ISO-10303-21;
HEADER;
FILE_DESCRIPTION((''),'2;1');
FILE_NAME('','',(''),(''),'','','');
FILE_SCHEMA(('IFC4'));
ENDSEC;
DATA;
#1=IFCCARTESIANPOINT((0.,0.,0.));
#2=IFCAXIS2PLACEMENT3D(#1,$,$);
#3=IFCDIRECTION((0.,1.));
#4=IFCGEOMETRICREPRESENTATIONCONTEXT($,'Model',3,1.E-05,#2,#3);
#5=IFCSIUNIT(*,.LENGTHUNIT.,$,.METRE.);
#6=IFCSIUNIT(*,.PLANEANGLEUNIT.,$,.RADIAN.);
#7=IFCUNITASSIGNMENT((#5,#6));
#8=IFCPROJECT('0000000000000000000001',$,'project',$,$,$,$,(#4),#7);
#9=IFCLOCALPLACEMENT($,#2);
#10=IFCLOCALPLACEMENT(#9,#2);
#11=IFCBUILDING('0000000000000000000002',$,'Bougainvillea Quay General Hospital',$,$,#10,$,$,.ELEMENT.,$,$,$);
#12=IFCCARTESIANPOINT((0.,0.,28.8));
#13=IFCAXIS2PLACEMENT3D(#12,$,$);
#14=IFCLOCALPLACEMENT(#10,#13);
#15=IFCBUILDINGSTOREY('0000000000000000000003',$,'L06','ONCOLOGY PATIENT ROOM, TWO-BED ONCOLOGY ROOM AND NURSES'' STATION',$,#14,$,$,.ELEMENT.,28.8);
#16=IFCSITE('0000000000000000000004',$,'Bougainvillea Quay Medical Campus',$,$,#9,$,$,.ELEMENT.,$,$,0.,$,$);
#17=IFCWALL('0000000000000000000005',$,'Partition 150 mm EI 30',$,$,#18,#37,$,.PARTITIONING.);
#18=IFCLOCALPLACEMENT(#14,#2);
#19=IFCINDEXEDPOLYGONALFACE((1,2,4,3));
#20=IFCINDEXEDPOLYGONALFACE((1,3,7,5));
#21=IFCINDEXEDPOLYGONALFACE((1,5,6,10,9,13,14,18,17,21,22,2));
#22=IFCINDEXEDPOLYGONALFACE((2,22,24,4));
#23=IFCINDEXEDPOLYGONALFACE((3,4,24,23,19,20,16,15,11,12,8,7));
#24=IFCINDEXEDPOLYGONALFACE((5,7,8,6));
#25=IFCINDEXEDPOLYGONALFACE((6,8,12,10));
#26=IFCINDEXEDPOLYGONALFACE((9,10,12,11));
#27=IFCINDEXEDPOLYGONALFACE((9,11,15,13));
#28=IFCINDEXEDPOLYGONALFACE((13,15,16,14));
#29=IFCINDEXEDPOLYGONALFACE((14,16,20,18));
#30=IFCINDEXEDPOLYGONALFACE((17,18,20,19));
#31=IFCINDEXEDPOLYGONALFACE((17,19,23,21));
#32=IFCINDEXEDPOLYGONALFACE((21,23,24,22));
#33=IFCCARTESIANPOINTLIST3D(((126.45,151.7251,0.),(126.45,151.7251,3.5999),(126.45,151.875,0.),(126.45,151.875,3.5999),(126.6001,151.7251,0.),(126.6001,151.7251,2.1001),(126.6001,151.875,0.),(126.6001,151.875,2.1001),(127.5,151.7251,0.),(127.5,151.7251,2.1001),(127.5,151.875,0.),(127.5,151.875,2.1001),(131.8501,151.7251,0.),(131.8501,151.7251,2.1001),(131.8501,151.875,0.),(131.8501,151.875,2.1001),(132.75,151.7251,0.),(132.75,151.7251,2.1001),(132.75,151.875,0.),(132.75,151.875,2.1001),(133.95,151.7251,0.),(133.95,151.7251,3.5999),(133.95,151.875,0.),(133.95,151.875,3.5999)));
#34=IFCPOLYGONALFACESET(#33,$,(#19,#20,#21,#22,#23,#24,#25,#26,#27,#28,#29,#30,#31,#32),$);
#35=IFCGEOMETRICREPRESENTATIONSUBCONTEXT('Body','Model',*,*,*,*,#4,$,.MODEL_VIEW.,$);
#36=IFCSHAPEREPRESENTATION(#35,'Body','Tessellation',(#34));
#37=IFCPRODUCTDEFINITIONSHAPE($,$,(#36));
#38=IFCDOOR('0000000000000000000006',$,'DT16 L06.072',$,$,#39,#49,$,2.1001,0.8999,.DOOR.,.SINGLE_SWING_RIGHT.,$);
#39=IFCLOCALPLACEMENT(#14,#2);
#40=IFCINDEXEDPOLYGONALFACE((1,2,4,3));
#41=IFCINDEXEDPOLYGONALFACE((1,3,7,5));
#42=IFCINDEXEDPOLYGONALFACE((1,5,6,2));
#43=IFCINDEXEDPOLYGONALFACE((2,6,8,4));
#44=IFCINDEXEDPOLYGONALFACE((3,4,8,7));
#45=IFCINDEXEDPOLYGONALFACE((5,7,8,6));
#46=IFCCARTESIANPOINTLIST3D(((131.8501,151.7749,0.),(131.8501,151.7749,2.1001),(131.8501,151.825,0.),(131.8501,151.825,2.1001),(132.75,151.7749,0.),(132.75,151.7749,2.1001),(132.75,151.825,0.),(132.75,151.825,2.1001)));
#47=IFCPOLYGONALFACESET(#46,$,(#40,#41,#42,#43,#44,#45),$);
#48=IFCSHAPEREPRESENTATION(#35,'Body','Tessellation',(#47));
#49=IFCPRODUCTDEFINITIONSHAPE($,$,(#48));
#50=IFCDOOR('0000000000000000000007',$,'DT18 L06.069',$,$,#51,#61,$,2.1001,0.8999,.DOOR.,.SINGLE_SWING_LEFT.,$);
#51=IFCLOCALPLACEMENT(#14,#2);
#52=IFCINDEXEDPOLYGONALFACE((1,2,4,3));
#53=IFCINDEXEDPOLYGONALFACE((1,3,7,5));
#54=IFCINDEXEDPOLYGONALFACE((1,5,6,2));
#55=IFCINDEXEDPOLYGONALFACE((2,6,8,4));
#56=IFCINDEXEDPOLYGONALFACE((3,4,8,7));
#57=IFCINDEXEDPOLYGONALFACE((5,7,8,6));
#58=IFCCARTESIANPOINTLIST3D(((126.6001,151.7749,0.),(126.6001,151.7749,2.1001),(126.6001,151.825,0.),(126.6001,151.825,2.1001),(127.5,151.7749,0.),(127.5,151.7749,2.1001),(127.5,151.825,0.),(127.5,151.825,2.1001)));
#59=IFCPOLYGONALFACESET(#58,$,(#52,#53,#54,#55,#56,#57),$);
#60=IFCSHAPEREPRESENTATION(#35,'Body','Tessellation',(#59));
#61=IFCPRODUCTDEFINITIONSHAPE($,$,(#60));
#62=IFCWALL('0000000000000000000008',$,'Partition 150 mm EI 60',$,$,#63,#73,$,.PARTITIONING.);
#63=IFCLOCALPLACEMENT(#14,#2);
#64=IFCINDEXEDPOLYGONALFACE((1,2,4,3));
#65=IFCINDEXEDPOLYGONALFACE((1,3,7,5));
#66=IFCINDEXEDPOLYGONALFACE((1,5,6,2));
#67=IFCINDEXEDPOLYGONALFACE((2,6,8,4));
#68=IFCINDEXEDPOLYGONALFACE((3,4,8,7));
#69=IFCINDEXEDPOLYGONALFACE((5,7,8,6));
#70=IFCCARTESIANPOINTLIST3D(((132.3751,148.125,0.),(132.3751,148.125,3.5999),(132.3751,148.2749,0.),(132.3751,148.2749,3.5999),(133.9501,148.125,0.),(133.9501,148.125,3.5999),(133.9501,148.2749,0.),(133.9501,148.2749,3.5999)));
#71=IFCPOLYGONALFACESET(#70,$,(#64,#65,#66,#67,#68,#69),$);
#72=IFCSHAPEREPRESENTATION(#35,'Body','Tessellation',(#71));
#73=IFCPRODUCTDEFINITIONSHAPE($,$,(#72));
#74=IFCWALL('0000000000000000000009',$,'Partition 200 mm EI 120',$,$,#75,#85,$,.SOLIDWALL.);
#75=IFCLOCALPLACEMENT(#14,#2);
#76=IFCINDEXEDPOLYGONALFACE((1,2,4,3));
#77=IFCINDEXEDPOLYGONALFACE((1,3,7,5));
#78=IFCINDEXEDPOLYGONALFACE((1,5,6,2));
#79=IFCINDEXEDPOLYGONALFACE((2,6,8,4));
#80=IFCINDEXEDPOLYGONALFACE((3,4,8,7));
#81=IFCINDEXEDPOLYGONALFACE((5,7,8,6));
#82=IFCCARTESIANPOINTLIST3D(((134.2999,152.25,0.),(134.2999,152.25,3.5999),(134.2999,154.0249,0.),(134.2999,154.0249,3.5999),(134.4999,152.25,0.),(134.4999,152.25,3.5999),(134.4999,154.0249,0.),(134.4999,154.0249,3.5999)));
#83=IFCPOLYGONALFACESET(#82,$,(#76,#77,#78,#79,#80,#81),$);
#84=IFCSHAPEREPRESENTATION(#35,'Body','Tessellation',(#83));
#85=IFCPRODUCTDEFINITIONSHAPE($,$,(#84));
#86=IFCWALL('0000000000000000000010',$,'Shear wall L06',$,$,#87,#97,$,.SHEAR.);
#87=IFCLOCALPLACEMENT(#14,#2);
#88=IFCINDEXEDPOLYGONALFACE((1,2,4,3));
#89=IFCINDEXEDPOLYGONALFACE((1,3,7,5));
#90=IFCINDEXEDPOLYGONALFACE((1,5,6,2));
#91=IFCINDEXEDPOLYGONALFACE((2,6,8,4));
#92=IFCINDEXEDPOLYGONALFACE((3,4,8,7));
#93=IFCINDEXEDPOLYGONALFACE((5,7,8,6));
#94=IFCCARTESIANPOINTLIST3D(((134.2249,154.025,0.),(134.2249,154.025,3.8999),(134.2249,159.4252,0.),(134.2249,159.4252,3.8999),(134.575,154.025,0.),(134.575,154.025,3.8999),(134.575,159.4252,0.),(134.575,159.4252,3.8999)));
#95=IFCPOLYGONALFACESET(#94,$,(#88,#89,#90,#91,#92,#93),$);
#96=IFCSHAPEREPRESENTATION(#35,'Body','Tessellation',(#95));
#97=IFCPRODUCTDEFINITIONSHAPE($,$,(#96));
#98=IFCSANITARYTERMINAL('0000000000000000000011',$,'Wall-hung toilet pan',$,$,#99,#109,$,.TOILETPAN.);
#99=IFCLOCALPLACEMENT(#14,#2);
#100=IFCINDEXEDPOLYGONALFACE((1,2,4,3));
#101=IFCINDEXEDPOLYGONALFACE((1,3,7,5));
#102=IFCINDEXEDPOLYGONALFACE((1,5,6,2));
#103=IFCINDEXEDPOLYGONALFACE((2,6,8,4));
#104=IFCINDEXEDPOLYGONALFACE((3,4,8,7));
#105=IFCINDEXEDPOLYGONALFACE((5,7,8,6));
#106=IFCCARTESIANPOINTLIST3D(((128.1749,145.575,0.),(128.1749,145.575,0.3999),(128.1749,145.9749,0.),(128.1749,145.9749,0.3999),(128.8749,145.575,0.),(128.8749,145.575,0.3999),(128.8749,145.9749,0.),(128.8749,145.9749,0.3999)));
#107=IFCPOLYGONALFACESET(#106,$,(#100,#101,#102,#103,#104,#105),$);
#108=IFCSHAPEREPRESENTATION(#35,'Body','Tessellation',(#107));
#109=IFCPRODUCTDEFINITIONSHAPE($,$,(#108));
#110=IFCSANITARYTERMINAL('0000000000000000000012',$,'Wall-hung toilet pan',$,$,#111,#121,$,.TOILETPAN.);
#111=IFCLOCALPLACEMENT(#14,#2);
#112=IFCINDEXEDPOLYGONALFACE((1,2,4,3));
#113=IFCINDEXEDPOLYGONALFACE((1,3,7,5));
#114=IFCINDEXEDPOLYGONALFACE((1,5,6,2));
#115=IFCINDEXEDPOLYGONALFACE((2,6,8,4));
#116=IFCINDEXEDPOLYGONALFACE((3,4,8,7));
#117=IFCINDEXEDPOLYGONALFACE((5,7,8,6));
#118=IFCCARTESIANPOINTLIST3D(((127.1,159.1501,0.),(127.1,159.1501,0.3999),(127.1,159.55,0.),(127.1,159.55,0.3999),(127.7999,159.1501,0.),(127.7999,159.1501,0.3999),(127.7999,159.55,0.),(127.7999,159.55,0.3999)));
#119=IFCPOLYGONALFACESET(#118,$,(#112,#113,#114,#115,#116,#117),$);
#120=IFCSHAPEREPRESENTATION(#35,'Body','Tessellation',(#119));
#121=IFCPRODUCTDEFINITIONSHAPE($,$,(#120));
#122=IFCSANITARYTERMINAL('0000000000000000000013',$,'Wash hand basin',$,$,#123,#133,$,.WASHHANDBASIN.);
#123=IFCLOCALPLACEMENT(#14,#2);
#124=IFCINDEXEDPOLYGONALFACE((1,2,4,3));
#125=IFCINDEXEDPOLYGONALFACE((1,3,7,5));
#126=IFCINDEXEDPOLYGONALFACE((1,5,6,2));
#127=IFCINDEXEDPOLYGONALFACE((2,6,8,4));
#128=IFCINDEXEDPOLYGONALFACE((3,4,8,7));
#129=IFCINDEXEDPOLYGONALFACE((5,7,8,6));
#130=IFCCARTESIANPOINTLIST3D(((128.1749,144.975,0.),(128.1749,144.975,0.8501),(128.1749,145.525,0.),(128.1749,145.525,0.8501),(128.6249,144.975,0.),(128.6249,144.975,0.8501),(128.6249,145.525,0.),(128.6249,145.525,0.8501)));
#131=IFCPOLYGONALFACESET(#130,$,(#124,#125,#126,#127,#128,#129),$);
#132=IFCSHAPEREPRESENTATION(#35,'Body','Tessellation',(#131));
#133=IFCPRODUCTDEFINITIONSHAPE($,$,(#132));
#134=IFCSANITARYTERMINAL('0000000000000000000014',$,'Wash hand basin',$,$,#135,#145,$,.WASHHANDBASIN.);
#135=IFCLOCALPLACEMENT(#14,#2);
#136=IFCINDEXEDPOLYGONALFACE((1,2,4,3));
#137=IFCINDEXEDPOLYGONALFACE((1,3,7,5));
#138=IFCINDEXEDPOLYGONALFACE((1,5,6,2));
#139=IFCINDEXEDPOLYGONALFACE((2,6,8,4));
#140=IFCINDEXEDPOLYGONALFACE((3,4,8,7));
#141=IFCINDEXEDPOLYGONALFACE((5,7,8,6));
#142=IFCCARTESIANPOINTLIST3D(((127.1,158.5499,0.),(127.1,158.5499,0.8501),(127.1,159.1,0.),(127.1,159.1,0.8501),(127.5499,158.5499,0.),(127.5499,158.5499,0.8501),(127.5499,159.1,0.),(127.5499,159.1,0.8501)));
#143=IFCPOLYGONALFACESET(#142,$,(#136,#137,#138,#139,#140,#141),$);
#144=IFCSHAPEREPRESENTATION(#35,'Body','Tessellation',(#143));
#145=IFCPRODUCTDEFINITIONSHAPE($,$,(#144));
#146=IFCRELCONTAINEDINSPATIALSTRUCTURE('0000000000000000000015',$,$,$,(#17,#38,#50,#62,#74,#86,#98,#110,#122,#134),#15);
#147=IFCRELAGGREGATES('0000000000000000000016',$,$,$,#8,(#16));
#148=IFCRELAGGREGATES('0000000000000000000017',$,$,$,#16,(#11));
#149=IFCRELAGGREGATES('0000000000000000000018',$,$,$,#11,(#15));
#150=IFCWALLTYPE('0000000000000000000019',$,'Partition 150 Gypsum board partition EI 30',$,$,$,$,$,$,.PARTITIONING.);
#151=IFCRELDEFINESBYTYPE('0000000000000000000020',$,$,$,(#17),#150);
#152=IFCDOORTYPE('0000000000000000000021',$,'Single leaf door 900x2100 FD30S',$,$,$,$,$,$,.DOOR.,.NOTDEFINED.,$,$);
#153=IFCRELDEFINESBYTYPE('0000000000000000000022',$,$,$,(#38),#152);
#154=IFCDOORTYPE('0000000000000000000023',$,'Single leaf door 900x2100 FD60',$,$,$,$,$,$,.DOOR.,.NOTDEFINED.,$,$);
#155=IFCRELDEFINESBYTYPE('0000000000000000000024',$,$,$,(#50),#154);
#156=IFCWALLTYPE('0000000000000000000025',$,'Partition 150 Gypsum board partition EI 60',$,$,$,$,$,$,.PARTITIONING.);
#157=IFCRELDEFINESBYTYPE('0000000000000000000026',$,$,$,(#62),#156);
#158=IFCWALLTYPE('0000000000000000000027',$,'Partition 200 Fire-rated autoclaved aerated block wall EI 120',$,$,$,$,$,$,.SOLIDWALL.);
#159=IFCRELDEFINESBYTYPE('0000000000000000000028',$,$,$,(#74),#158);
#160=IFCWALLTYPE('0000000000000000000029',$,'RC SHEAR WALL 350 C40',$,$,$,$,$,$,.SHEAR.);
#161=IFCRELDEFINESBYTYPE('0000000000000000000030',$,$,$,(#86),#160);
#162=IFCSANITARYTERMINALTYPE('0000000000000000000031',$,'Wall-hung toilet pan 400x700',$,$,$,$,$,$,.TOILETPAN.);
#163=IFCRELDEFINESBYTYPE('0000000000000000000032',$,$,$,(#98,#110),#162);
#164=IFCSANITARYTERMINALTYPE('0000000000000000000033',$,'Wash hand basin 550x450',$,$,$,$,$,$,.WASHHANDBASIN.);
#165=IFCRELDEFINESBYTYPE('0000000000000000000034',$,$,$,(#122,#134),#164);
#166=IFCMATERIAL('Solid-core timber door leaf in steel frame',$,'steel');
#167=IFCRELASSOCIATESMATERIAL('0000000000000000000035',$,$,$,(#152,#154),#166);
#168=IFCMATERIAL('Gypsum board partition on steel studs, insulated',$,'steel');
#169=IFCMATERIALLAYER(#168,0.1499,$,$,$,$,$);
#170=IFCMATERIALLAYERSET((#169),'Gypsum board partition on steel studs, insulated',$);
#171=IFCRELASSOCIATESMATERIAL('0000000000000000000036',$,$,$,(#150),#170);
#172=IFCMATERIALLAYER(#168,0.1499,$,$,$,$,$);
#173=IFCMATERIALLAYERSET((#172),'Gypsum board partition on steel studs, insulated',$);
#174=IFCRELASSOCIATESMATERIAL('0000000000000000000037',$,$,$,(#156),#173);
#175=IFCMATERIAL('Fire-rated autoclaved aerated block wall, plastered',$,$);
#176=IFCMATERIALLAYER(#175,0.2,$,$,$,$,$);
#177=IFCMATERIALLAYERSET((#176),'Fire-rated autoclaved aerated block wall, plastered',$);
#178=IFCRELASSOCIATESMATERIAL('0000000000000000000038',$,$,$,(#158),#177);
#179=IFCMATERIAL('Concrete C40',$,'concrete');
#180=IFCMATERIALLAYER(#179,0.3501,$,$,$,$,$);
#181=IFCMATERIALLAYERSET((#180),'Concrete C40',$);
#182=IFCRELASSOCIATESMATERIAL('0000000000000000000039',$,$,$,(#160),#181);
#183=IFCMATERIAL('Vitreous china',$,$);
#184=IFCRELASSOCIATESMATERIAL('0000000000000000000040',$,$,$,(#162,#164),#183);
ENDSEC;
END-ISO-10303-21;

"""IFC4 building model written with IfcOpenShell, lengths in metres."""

from ifc_helpers import new_model, si_unit, direction, frame, frame_2d, origin, origin_2d, place, context, subcontext, project, spatial, rectangle, extrude, material, layer, layer_set, type_object, element, fill, save


model = new_model("IFC4")

# Units and contexts
model_context = context("Model", 3, precision=1e-05, world=origin(), true_north=direction((0.0, 1.0)))
body_context = subcontext(model_context, "Body", "Model", "MODEL_VIEW")
ifc_project = project(units=[si_unit("LENGTHUNIT", "METRE"), si_unit("PLANEANGLEUNIT", "RADIAN")], contexts=[model_context])

# Site, building, storey
site_placement = place(None, origin())
site = spatial("IfcSite", under=ifc_project, at=site_placement, Name="Bougainvillea Quay Medical Campus", CompositionType="ELEMENT", RefElevation=0.0)
building_placement = place(site_placement, origin())
building = spatial("IfcBuilding", under=site, at=building_placement, Name="Bougainvillea Quay General Hospital", CompositionType="ELEMENT")
storey_placement = place(building_placement, frame((0.0, 0.0, 28.8)))
storey = spatial("IfcBuildingStorey", under=building, at=storey_placement, Name="L06", Description="ONCOLOGY PATIENT ROOM, TWO-BED ONCOLOGY ROOM AND NURSES' STATION", CompositionType="ELEMENT", Elevation=28.8)

# Shared definitions
ifc_material_1 = material(Name="Concrete C40", Category="concrete")

# Shared definitions
ifc_material_2 = material(Name="Gypsum board partition on steel studs, insulated", Category="steel")

# Shared definitions
ifc_material_3 = material(Name="Solid-core timber door leaf in steel frame", Category="steel")
door_type_1 = type_object("IfcDoorType", Name="Single leaf door 900x2100 FD30S", OperationType="NOTDEFINED", PredefinedType="DOOR", material=ifc_material_3)

# Wall, openings, doors
ifc_layer_1 = layer(ifc_material_2, 0.1499)
ifc_layer_set_1 = layer_set([ifc_layer_1], Name="Gypsum board partition on steel studs, insulated")
wall_type_1 = type_object("IfcWallType", Name="Partition 150 Gypsum board partition EI 30", PredefinedType="PARTITIONING", material=ifc_layer_set_1)
wall_1_placement = place(storey_placement, frame((133.95, 151.8, 0.0), z_axis=(0.0, 0.0, 1.0), x_axis=(-1.0, 0.0, 0.0)))
wall_1 = element("IfcWall", 1, at=wall_1_placement, inside=storey, type_object=wall_type_1, Name="Partition 150 mm EI 30", PredefinedType="PARTITIONING", context=body_context, shape_type="SweptSolid", body=[
    extrude(rectangle(XDim=7.5, YDim=0.1499, at=frame_2d((3.75, 0.0))), origin(), (0.0, 0.0, 1.0), 3.5999),
])
opening_1_placement = place(wall_1_placement, frame((6.45, 0.0, 0.0)))
opening_1 = element("IfcOpeningElement", 2, at=opening_1_placement, cuts=wall_1, PredefinedType="OPENING", context=body_context, shape_type="SweptSolid", body=[
    extrude(rectangle(XDim=0.8999, YDim=2.1001, at=frame_2d((0.45, 1.05))), frame((0.0, 0.085, 0.0), z_axis=(0.0, -1.0, 0.0), x_axis=(1.0, 0.0, 0.0)), (0.0, 0.0, 1.0), 0.1699),
])
opening_2_placement = place(wall_1_placement, frame((1.2, 0.0, 0.0)))
opening_2 = element("IfcOpeningElement", 3, at=opening_2_placement, cuts=wall_1, PredefinedType="OPENING", context=body_context, shape_type="SweptSolid", body=[
    extrude(rectangle(XDim=0.8999, YDim=2.1001, at=frame_2d((0.45, 1.05))), frame((0.0, 0.085, 0.0), z_axis=(0.0, -1.0, 0.0), x_axis=(1.0, 0.0, 0.0)), (0.0, 0.0, 1.0), 0.1699),
])
door_1_placement = place(opening_2_placement, frame((0.8999, 0.0, 0.0), z_axis=(0.0, 0.0, 1.0), x_axis=(-1.0, 0.0, 0.0)))
door_1 = element("IfcDoor", 4, at=door_1_placement, inside=storey, type_object=door_type_1, Name="DT16 L06.072", OperationType="SINGLE_SWING_RIGHT", OverallHeight=2.1001, OverallWidth=0.8999, PredefinedType="DOOR", context=body_context, shape_type="SweptSolid", body=[
    extrude(rectangle(XDim=0.8999, YDim=2.1001, at=frame_2d((0.45, 1.05))), frame((0.0, 0.0249, 0.0), z_axis=(0.0, -1.0, 0.0), x_axis=(1.0, 0.0, 0.0)), (0.0, 0.0, 1.0), 0.05),
])
fill(opening_2, door_1)
door_type_2 = type_object("IfcDoorType", Name="Single leaf door 900x2100 FD60", OperationType="NOTDEFINED", PredefinedType="DOOR", material=ifc_material_3)
door_2_placement = place(opening_1_placement, frame((0.8999, 0.0, 0.0), z_axis=(0.0, 0.0, 1.0), x_axis=(-1.0, 0.0, 0.0)))
door_2 = element("IfcDoor", 5, at=door_2_placement, inside=storey, type_object=door_type_2, Name="DT18 L06.069", OperationType="SINGLE_SWING_LEFT", OverallHeight=2.1001, OverallWidth=0.8999, PredefinedType="DOOR", context=body_context, shape_type="SweptSolid", body=[
    extrude(rectangle(XDim=0.8999, YDim=2.1001, at=frame_2d((0.45, 1.05))), frame((0.0, 0.0249, 0.0), z_axis=(0.0, -1.0, 0.0), x_axis=(1.0, 0.0, 0.0)), (0.0, 0.0, 1.0), 0.05),
])
fill(opening_1, door_2)

# Walls
ifc_layer_2 = layer(ifc_material_2, 0.1499)
ifc_layer_set_2 = layer_set([ifc_layer_2], Name="Gypsum board partition on steel studs, insulated")
wall_type_2 = type_object("IfcWallType", Name="Partition 150 Gypsum board partition EI 60", PredefinedType="PARTITIONING", material=ifc_layer_set_2)
wall_2_placement = place(storey_placement, frame((132.375, 148.2, 0.0), z_axis=(0.0, 0.0, 1.0), x_axis=(1.0, 0.0, 0.0)))
element("IfcWall", 6, at=wall_2_placement, inside=storey, type_object=wall_type_2, Name="Partition 150 mm EI 60", PredefinedType="PARTITIONING", context=body_context, shape_type="SweptSolid", body=[
    extrude(rectangle(XDim=1.575, YDim=0.1499, at=frame_2d((0.7876, 0.0))), origin(), (0.0, 0.0, 1.0), 3.5999),
])
ifc_material_4 = material(Name="Fire-rated autoclaved aerated block wall, plastered")
ifc_layer_3 = layer(ifc_material_4, 0.2)
ifc_layer_set_3 = layer_set([ifc_layer_3], Name="Fire-rated autoclaved aerated block wall, plastered")
wall_type_3 = type_object("IfcWallType", Name="Partition 200 Fire-rated autoclaved aerated block wall EI 120", PredefinedType="SOLIDWALL", material=ifc_layer_set_3)
wall_3_placement = place(storey_placement, frame((134.3999, 152.25, 0.0), z_axis=(0.0, 0.0, 1.0), x_axis=(0.0, 1.0, 0.0)))
element("IfcWall", 7, at=wall_3_placement, inside=storey, type_object=wall_type_3, Name="Partition 200 mm EI 120", PredefinedType="SOLIDWALL", context=body_context, shape_type="SweptSolid", body=[
    extrude(rectangle(XDim=1.7749, YDim=0.2, at=frame_2d((0.8875, 0.0))), origin(), (0.0, 0.0, 1.0), 3.5999),
])
ifc_layer_4 = layer(ifc_material_1, 0.3501)
ifc_layer_set_4 = layer_set([ifc_layer_4], Name="Concrete C40")
wall_type_4 = type_object("IfcWallType", Name="RC SHEAR WALL 350 C40", PredefinedType="SHEAR", material=ifc_layer_set_4)
wall_4_placement = place(storey_placement, frame((134.3999, 154.0249, 0.0), z_axis=(0.0, 0.0, 1.0), x_axis=(0.0, 1.0, 0.0)))
element("IfcWall", 8, at=wall_4_placement, inside=storey, type_object=wall_type_4, Name="Shear wall L06", PredefinedType="SHEAR", context=body_context, shape_type="SweptSolid", body=[
    extrude(rectangle(XDim=5.4001, YDim=0.3501, at=frame_2d((2.7002, 0.0))), origin(), (0.0, 0.0, 1.0), 3.8999),
])

# Sanitary terminals
ifc_material_5 = material(Name="Vitreous china")
sanitary_terminal_type_1 = type_object("IfcSanitaryTerminalType", Name="Wall-hung toilet pan 400x700", PredefinedType="TOILETPAN", material=ifc_material_5)
for number, where, z_axis, x_axis, name in (
    (9, (128.5249, 145.7749, 0.0), (0.0, 0.0, 1.0), (0.0, 1.0, 0.0), "Wall-hung toilet pan"),
    (10, (127.45, 159.3501, 0.0), (0.0, 0.0, 1.0), (0.0, 1.0, 0.0), "Wall-hung toilet pan"),
):
    element("IfcSanitaryTerminal", number, at=place(storey_placement, frame(where, z_axis=z_axis, x_axis=x_axis)), inside=storey, type_object=sanitary_terminal_type_1, Name=name, PredefinedType="TOILETPAN", context=body_context, shape_type="SweptSolid", body=[
        extrude(rectangle(XDim=0.3999, YDim=0.7, at=origin_2d()), origin(), (0.0, 0.0, 1.0), 0.3999),
    ])
sanitary_terminal_type_2 = type_object("IfcSanitaryTerminalType", Name="Wash hand basin 550x450", PredefinedType="WASHHANDBASIN", material=ifc_material_5)
for number, where, z_axis, x_axis, name in (
    (11, (128.3999, 145.25, 0.0), (0.0, 0.0, 1.0), (0.0, 1.0, 0.0), "Wash hand basin"),
    (12, (127.325, 158.825, 0.0), (0.0, 0.0, 1.0), (0.0, 1.0, 0.0), "Wash hand basin"),
):
    element("IfcSanitaryTerminal", number, at=place(storey_placement, frame(where, z_axis=z_axis, x_axis=x_axis)), inside=storey, type_object=sanitary_terminal_type_2, Name=name, PredefinedType="WASHHANDBASIN", context=body_context, shape_type="SweptSolid", body=[
        extrude(rectangle(XDim=0.55, YDim=0.45, at=origin_2d()), origin(), (0.0, 0.0, 1.0), 0.8501),
    ])

save(model, "model.ifc")
